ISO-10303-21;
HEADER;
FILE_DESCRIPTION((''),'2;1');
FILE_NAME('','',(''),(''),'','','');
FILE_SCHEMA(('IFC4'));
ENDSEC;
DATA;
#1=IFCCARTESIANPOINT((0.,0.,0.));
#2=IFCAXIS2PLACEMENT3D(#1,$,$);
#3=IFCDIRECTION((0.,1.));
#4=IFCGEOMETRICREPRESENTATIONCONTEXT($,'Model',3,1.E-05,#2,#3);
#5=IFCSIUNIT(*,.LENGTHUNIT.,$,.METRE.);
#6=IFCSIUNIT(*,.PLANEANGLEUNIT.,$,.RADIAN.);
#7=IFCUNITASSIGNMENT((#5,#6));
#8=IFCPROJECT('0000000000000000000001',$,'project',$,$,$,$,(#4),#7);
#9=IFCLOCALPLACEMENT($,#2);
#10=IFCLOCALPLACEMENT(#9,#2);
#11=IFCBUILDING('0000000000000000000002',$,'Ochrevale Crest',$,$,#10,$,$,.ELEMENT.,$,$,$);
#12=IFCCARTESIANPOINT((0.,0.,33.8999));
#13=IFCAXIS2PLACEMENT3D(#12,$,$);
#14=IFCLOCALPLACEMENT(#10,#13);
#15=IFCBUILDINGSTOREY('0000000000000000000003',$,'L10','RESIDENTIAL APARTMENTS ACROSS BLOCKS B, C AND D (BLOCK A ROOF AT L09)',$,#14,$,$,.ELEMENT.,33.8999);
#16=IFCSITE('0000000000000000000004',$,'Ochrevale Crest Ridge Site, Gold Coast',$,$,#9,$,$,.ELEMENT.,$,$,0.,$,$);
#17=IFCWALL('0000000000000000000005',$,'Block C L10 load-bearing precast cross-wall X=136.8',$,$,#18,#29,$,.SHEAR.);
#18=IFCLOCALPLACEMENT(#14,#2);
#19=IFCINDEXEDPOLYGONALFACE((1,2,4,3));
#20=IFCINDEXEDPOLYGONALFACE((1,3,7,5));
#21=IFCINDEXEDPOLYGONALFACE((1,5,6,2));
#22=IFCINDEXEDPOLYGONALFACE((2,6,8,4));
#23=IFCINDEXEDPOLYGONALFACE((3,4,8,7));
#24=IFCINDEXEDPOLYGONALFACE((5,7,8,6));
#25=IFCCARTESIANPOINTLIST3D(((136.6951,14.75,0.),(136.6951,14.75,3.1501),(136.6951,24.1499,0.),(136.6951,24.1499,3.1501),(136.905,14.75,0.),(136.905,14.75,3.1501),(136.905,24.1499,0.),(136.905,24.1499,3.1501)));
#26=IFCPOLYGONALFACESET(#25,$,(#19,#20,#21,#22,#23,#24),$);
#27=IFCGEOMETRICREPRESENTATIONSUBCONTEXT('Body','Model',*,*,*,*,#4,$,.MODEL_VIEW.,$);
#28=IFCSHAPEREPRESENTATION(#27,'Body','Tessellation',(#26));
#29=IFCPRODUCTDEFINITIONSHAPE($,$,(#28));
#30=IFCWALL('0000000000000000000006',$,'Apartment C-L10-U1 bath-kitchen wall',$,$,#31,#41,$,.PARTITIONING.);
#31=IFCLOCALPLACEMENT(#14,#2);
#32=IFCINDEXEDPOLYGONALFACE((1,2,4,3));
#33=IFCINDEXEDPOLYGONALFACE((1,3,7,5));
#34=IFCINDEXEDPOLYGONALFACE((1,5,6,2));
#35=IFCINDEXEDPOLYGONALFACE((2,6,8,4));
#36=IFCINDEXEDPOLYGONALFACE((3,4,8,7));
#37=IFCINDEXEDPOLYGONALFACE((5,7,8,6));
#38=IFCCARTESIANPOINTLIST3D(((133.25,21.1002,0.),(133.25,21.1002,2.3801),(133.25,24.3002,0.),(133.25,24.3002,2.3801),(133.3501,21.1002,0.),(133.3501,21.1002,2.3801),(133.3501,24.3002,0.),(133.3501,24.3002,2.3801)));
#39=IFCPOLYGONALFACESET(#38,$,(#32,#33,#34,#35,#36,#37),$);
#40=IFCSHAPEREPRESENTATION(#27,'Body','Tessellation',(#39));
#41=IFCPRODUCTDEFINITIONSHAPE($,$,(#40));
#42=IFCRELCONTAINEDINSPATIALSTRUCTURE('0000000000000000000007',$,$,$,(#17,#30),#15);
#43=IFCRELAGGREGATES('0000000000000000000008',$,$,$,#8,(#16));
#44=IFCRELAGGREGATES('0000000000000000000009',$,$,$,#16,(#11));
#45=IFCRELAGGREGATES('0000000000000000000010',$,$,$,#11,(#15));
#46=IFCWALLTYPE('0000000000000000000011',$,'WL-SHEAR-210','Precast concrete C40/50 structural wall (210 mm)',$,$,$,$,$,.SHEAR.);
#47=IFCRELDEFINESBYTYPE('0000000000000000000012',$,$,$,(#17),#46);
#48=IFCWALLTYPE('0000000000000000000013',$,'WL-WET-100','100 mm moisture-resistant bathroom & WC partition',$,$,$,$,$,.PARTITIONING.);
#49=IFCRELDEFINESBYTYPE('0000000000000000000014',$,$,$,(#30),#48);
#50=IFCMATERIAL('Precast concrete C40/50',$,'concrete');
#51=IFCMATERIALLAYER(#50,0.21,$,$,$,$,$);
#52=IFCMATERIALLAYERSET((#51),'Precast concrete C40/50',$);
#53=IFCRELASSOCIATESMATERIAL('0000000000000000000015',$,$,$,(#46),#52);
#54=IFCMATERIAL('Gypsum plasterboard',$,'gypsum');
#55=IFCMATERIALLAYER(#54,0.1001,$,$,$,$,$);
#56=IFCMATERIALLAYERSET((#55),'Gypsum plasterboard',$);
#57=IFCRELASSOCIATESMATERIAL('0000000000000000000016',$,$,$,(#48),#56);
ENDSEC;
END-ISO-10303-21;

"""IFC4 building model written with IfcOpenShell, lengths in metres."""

from ifc_helpers import new_model, si_unit, direction, frame, frame_2d, origin, place, context, subcontext, project, spatial, rectangle, extrude, material, layer, layer_set, type_object, element, save


model = new_model("IFC4")

# Units and contexts
model_context = context("Model", 3, precision=1e-05, world=origin(), true_north=direction((0.0, 1.0)))
body_context = subcontext(model_context, "Body", "Model", "MODEL_VIEW")
ifc_project = project(units=[si_unit("LENGTHUNIT", "METRE"), si_unit("PLANEANGLEUNIT", "RADIAN")], contexts=[model_context])

# Site, building, storey
site_placement = place(None, origin())
site = spatial("IfcSite", under=ifc_project, at=site_placement, Name="Ochrevale Crest Ridge Site, Gold Coast", CompositionType="ELEMENT", RefElevation=0.0)
building_placement = place(site_placement, origin())
building = spatial("IfcBuilding", under=site, at=building_placement, Name="Ochrevale Crest", CompositionType="ELEMENT")
storey_placement = place(building_placement, frame((0.0, 0.0, 33.8999)))
storey = spatial("IfcBuildingStorey", under=building, at=storey_placement, Name="L10", Description="RESIDENTIAL APARTMENTS ACROSS BLOCKS B, C AND D (BLOCK A ROOF AT L09)", CompositionType="ELEMENT", Elevation=33.8999)

# Shared definitions
ifc_material_1 = material(Name="Gypsum plasterboard", Category="gypsum")

# Walls
ifc_material_2 = material(Name="Precast concrete C40/50", Category="concrete")
ifc_layer_1 = layer(ifc_material_2, 0.21)
ifc_layer_set_1 = layer_set([ifc_layer_1], Name="Precast concrete C40/50")
wall_type_1 = type_object("IfcWallType", Name="WL-SHEAR-210", Description="Precast concrete C40/50 structural wall (210 mm)", PredefinedType="SHEAR", material=ifc_layer_set_1)
wall_1_placement = place(storey_placement, frame((136.8, 14.75, 0.0), z_axis=(0.0, 0.0, 1.0), x_axis=(0.0, 1.0, 0.0)))
element("IfcWall", 1, at=wall_1_placement, inside=storey, type_object=wall_type_1, Name="Block C L10 load-bearing precast cross-wall X=136.8", PredefinedType="SHEAR", context=body_context, shape_type="SweptSolid", body=[
    extrude(rectangle(XDim=9.3999, YDim=0.21, at=frame_2d((4.7, 0.0))), origin(), (0.0, 0.0, 1.0), 3.1501),
])
ifc_layer_2 = layer(ifc_material_1, 0.1001)
ifc_layer_set_2 = layer_set([ifc_layer_2], Name="Gypsum plasterboard")
wall_type_2 = type_object("IfcWallType", Name="WL-WET-100", Description="100 mm moisture-resistant bathroom & WC partition", PredefinedType="PARTITIONING", material=ifc_layer_set_2)
wall_2_placement = place(storey_placement, frame((133.3, 21.1001, 0.0), z_axis=(0.0, 0.0, 1.0), x_axis=(0.0, 1.0, 0.0)))
element("IfcWall", 2, at=wall_2_placement, inside=storey, type_object=wall_type_2, Name="Apartment C-L10-U1 bath-kitchen wall", PredefinedType="PARTITIONING", context=body_context, shape_type="SweptSolid", body=[
    extrude(rectangle(XDim=3.2, YDim=0.1001, at=frame_2d((1.6001, 0.0))), origin(), (0.0, 0.0, 1.0), 2.3801),
])

save(model, "model.ifc")
